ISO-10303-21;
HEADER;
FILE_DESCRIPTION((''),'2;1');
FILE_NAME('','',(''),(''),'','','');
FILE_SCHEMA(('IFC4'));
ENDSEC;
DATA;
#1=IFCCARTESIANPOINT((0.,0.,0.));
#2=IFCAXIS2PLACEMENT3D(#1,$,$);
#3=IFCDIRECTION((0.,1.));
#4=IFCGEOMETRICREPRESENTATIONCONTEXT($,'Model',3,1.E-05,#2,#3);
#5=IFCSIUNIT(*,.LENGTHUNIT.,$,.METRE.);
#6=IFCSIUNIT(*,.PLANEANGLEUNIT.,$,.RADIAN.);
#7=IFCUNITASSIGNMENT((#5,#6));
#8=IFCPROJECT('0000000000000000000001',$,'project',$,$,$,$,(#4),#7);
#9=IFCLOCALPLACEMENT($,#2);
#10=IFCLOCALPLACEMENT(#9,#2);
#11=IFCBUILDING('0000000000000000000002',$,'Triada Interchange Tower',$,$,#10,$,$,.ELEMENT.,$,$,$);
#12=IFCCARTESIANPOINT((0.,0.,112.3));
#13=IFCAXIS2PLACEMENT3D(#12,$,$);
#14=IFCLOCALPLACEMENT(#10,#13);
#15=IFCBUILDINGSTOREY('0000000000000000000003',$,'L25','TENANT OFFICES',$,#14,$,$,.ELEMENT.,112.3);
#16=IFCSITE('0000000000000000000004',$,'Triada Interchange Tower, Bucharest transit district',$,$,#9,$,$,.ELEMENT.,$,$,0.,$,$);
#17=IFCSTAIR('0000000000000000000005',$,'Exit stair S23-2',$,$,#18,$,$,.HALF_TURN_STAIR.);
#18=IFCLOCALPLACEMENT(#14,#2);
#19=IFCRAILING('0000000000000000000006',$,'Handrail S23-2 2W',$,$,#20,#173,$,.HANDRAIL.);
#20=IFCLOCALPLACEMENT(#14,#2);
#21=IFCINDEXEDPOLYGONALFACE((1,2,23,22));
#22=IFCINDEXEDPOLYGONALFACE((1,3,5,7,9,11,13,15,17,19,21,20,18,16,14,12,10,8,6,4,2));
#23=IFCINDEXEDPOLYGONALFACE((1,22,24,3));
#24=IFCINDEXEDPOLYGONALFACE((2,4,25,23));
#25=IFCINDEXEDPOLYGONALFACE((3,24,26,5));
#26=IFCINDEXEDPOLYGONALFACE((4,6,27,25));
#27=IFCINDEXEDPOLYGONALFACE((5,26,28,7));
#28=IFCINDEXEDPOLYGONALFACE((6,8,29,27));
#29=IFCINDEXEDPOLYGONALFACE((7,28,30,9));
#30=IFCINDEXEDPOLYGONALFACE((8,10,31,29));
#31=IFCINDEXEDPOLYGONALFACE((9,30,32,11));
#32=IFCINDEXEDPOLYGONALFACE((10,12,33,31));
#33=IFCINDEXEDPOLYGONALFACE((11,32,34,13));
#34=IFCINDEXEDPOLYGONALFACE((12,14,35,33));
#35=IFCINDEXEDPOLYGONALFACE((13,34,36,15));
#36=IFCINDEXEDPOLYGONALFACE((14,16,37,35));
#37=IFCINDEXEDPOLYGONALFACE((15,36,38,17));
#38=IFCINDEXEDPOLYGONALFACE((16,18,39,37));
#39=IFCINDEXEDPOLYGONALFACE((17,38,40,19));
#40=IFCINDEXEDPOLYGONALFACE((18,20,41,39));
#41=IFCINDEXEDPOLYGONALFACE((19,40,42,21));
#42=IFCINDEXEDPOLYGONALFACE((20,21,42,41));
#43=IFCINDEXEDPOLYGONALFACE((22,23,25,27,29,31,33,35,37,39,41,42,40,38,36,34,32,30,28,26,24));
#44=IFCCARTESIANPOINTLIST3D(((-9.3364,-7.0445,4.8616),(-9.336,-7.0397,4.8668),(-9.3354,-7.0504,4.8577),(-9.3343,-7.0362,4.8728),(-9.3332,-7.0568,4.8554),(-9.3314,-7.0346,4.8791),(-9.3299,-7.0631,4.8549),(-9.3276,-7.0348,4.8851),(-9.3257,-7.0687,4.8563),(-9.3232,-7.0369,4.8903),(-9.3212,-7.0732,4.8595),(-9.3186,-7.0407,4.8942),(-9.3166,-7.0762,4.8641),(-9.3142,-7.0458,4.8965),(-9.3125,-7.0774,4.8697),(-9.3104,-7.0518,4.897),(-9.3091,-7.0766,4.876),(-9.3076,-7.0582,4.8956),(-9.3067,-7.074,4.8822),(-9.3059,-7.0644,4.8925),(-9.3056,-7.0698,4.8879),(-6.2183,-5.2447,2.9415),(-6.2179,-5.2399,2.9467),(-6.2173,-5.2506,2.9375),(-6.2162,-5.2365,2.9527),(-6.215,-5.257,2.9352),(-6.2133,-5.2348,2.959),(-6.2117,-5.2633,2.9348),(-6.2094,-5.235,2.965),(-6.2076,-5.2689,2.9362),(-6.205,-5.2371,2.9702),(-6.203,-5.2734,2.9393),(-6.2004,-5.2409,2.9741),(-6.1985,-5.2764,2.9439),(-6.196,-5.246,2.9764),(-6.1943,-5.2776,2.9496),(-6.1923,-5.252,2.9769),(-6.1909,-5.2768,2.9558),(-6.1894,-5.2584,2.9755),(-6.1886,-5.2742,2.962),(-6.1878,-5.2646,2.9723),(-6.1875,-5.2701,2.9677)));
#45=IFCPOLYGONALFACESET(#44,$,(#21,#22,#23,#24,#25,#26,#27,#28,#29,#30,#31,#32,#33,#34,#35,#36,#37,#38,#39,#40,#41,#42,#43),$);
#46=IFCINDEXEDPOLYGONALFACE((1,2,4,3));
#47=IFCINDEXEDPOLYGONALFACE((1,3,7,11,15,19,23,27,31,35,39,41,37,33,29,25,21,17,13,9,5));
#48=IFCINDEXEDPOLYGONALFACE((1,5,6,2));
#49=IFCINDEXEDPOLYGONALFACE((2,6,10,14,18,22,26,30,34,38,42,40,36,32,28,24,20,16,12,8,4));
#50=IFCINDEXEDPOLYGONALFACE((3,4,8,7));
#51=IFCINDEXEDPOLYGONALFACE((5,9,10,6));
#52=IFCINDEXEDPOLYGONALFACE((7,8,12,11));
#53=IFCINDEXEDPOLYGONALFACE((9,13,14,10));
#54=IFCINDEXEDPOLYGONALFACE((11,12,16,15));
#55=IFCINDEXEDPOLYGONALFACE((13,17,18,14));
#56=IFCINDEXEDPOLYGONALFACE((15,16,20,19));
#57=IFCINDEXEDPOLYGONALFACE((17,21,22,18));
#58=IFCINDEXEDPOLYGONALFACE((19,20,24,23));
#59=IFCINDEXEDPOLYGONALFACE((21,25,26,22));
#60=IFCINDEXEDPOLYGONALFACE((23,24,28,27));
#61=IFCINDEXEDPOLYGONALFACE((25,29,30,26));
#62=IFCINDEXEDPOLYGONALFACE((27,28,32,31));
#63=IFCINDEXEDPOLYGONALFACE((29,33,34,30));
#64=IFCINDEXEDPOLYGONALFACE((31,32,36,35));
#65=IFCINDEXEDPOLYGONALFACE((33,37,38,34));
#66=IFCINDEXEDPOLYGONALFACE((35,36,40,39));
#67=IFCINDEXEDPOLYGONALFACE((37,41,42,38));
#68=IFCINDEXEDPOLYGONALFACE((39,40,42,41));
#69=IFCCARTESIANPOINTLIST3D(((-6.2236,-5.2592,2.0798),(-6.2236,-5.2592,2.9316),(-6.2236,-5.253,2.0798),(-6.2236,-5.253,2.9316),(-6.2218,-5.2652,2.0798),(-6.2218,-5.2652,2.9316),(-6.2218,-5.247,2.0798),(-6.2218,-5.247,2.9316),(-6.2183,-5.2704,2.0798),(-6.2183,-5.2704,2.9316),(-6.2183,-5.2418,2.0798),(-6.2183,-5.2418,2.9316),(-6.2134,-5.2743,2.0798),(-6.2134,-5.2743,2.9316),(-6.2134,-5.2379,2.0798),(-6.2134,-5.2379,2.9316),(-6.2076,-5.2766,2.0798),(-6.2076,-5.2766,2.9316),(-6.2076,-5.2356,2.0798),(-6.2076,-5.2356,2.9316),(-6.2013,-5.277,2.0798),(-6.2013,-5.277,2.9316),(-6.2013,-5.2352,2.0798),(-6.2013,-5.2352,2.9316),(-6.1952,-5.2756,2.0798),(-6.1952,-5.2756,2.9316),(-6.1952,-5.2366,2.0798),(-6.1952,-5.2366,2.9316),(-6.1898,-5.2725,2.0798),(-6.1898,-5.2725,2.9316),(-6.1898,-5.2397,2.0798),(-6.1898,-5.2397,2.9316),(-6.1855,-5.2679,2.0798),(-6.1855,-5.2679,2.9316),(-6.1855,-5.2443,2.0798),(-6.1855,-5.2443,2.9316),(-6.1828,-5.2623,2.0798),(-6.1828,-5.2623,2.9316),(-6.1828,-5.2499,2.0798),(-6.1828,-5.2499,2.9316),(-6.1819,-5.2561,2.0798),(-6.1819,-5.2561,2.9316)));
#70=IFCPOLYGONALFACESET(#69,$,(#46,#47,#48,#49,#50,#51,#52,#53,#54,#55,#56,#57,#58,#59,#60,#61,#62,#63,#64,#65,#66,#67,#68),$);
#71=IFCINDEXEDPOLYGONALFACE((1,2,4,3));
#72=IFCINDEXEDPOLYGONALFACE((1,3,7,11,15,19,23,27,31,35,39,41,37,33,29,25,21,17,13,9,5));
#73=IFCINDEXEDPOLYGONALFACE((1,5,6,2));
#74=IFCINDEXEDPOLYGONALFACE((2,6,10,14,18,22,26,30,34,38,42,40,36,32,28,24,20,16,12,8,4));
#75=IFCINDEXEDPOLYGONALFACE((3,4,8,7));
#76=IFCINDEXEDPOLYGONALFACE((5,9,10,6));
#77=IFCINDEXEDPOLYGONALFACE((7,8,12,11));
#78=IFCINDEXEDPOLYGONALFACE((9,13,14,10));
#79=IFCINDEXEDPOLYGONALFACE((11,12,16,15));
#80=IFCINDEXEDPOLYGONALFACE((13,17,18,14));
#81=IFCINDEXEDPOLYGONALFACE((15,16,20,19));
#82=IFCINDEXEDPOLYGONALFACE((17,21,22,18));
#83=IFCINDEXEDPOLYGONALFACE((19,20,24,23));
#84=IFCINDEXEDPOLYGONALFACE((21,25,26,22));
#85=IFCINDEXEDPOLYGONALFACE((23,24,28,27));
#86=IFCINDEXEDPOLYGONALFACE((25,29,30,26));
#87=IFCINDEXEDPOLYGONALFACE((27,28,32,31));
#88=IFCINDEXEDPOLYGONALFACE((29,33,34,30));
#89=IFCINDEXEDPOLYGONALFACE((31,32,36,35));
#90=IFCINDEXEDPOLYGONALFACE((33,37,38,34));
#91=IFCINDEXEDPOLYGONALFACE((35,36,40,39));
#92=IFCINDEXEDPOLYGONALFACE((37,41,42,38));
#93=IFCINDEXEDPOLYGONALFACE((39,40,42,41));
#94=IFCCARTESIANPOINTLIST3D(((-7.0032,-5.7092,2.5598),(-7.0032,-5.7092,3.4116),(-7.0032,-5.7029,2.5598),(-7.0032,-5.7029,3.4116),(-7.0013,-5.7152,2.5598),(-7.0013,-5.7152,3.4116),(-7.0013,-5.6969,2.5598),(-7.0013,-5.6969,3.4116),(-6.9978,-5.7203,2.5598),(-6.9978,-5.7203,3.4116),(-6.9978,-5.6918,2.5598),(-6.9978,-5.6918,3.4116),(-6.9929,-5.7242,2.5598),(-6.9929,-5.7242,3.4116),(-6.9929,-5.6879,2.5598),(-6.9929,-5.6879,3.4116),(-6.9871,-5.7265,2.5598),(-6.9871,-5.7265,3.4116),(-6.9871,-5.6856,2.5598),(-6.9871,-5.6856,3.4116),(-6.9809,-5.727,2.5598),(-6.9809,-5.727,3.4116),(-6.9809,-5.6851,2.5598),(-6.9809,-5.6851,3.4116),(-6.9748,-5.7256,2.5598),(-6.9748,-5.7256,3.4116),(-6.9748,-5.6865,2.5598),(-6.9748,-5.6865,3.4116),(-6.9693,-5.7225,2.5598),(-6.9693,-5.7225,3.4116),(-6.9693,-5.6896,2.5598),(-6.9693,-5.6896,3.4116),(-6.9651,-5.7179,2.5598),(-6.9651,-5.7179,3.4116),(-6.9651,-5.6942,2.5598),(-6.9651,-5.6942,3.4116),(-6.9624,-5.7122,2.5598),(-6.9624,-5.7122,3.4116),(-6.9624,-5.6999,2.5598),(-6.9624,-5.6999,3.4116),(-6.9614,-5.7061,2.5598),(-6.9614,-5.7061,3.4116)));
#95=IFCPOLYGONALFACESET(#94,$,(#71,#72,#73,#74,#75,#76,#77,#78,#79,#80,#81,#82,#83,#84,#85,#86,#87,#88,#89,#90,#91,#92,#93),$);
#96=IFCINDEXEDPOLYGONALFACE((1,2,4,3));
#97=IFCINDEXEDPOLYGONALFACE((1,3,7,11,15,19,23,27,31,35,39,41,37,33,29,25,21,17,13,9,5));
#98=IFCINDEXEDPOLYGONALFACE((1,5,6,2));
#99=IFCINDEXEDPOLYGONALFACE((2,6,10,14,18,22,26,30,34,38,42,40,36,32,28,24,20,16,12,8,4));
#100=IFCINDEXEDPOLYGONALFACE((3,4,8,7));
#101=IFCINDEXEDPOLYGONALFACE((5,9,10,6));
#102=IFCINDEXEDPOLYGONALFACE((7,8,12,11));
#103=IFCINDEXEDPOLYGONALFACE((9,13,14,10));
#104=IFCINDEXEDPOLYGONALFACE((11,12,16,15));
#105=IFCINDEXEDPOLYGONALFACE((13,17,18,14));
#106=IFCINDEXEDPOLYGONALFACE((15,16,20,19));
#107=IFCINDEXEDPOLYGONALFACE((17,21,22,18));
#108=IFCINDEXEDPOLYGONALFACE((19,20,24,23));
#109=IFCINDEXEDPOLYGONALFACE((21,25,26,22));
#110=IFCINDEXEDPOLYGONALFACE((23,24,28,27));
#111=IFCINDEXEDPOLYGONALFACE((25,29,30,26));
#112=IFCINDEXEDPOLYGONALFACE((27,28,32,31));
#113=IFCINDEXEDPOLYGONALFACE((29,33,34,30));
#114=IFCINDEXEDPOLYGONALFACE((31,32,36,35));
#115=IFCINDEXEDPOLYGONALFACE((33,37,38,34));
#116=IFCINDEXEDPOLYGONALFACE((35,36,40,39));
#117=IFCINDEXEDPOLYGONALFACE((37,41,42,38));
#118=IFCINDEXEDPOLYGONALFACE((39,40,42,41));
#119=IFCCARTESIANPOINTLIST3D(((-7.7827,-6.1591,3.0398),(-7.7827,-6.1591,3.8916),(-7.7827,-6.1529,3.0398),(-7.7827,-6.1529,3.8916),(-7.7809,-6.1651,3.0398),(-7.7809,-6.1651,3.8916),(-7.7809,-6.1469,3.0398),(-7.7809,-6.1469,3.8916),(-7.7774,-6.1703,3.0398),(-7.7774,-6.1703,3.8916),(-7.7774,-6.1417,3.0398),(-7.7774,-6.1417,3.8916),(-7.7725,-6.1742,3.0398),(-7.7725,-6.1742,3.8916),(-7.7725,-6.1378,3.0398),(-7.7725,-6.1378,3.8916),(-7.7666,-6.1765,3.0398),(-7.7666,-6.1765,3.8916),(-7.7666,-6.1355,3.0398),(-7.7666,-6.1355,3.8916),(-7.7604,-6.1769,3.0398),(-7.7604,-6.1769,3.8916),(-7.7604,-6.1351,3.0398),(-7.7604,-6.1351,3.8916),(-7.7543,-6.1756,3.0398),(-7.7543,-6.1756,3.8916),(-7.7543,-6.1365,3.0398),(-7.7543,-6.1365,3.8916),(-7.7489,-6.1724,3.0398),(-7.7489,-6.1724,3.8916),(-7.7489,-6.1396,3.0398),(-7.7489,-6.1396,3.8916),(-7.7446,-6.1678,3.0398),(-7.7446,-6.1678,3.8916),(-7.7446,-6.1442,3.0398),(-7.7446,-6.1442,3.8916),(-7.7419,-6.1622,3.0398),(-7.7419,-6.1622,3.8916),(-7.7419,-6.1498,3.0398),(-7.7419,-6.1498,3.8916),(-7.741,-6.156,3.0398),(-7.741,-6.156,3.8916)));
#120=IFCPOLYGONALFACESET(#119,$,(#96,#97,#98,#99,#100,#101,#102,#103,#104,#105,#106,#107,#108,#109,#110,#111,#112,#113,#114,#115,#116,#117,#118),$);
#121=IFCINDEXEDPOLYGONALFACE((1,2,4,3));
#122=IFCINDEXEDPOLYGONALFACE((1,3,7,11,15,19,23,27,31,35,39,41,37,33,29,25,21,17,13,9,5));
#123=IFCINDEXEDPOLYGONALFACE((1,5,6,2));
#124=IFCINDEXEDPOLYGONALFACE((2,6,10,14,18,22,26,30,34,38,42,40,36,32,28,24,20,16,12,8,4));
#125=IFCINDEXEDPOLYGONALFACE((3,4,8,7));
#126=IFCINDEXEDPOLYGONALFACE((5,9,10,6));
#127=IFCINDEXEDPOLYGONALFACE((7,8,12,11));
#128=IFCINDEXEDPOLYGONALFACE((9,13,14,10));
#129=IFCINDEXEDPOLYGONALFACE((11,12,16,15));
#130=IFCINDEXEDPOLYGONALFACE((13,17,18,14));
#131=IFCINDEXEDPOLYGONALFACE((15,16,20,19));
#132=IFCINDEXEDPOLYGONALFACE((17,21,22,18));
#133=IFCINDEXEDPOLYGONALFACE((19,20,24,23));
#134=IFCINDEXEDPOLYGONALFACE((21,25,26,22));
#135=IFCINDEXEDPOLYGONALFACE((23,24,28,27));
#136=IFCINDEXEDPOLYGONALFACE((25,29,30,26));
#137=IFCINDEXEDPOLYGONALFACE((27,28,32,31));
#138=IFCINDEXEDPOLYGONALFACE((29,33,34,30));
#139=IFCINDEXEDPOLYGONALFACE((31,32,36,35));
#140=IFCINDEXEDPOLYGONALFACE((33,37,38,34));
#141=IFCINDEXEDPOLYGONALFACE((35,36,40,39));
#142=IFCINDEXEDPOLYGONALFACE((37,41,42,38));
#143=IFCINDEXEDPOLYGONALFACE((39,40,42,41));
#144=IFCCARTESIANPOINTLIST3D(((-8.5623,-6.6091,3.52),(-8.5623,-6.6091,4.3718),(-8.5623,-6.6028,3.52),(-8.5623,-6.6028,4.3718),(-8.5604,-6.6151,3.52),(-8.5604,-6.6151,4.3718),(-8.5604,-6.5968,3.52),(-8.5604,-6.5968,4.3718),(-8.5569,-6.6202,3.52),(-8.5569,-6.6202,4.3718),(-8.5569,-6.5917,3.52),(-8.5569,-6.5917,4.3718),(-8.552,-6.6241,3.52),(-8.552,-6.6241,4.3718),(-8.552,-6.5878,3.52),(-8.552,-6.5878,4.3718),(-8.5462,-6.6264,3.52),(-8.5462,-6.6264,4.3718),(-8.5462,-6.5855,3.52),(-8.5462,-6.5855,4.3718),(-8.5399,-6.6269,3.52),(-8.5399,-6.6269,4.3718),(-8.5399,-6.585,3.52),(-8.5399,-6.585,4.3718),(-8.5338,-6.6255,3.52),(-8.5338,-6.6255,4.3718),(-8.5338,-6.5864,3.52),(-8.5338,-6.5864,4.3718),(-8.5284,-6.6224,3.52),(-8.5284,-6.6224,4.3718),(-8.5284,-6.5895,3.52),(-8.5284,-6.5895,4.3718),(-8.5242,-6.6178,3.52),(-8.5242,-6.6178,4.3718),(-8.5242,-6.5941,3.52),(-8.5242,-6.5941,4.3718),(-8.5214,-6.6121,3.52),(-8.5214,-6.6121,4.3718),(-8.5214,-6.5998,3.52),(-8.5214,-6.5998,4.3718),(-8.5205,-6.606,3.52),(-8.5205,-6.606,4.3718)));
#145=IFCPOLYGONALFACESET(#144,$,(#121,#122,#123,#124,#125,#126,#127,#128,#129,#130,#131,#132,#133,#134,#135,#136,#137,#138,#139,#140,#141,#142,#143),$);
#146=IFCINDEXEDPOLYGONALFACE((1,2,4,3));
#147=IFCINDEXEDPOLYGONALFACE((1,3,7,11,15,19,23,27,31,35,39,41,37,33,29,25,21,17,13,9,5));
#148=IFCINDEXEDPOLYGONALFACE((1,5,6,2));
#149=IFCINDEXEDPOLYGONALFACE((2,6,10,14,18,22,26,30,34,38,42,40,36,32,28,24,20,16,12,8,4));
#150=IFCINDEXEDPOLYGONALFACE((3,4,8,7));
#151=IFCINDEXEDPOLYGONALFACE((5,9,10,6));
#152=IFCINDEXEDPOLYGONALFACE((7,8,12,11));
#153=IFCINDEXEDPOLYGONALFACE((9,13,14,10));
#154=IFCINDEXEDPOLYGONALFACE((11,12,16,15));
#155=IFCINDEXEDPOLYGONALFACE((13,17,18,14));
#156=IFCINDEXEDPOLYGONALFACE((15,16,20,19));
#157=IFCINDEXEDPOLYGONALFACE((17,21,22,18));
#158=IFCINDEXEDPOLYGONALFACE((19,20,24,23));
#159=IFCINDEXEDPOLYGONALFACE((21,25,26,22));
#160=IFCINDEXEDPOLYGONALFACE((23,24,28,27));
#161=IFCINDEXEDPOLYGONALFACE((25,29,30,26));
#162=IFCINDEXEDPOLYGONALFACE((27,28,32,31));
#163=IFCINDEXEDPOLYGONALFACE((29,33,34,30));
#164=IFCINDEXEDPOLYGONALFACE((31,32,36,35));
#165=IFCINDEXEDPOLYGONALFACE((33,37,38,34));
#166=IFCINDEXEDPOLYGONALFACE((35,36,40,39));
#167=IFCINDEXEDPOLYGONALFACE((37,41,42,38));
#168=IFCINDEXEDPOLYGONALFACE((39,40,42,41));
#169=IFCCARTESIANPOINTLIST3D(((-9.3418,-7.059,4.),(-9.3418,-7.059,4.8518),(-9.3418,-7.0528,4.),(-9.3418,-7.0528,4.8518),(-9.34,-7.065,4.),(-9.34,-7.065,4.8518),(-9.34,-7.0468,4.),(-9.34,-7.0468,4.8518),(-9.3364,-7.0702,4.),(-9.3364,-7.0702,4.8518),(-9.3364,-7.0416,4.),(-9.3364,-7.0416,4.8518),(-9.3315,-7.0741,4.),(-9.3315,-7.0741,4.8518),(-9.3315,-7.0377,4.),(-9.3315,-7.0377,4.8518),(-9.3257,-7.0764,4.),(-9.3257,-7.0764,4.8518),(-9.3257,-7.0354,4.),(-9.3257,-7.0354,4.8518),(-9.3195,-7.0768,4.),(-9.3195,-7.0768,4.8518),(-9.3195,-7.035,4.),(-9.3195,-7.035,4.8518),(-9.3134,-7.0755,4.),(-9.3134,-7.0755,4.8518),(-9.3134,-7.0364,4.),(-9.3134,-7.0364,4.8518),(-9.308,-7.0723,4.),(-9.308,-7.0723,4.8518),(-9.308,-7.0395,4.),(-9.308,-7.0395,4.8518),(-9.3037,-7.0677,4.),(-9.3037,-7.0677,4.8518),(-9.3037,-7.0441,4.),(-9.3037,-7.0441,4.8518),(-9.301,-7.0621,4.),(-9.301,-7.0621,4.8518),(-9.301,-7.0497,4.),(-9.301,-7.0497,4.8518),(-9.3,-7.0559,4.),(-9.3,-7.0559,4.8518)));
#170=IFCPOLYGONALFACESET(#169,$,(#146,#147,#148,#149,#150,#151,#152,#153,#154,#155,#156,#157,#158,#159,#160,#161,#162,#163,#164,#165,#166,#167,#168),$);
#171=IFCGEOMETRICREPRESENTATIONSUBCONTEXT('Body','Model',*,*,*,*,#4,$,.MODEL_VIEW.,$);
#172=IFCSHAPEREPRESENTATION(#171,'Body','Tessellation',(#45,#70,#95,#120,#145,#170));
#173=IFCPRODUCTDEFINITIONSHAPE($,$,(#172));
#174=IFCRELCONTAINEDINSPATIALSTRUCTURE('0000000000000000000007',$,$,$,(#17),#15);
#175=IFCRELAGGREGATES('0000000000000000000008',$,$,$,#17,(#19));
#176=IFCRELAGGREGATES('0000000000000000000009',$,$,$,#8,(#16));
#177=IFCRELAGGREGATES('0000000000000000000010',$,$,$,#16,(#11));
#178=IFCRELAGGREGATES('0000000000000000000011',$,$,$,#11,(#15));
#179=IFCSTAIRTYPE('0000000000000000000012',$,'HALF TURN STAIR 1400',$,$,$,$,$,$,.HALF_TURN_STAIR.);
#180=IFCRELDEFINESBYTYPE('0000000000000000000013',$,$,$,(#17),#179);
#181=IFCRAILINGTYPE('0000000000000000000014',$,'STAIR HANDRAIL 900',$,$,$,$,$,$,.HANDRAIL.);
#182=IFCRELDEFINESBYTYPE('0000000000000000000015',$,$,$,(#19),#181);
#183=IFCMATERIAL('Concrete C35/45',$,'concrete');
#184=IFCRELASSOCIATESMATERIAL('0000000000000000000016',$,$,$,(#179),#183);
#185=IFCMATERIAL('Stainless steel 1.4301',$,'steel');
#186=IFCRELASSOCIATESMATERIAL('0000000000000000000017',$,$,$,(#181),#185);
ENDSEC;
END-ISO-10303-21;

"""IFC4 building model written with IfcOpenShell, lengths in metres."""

from ifc_helpers import new_model, si_unit, direction, frame, origin, origin_2d, place, context, subcontext, project, spatial, circle, extrude, material, type_object, element, aggregate, save


model = new_model("IFC4")

# Units and contexts
model_context = context("Model", 3, precision=1e-05, world=origin(), true_north=direction((0.0, 1.0)))
body_context = subcontext(model_context, "Body", "Model", "MODEL_VIEW")
ifc_project = project(units=[si_unit("LENGTHUNIT", "METRE"), si_unit("PLANEANGLEUNIT", "RADIAN")], contexts=[model_context])

# Site, building, storey
site_placement = place(None, origin())
site = spatial("IfcSite", under=ifc_project, at=site_placement, Name="Triada Interchange Tower, Bucharest transit district", CompositionType="ELEMENT", RefElevation=0.0)
building_placement = place(site_placement, origin())
building = spatial("IfcBuilding", under=site, at=building_placement, Name="Triada Interchange Tower", CompositionType="ELEMENT")
storey_placement = place(building_placement, frame((0.0, 0.0, 112.3)))
storey = spatial("IfcBuildingStorey", under=building, at=storey_placement, Name="L25", Description="TENANT OFFICES", CompositionType="ELEMENT", Elevation=112.3)

# Stair, railing
ifc_material_1 = material(Name="Concrete C35/45", Category="concrete")
stair_type = type_object("IfcStairType", Name="HALF TURN STAIR 1400", PredefinedType="HALF_TURN_STAIR", material=ifc_material_1)
stair_placement = place(storey_placement, origin())
stair = element("IfcStair", 1, at=stair_placement, inside=storey, type_object=stair_type, Name="Exit stair S23-2", PredefinedType="HALF_TURN_STAIR")
ifc_material_2 = material(Name="Stainless steel 1.4301", Category="steel")
railing_type = type_object("IfcRailingType", Name="STAIR HANDRAIL 900", PredefinedType="HANDRAIL", material=ifc_material_2)
railing_1_placement = place(storey_placement, frame((-6.2029, -5.2561, 2.0798)))
railing_1 = element("IfcRailing", 2, at=railing_1_placement, type_object=railing_type, Name="Handrail S23-2 2W", PredefinedType="HANDRAIL", context=body_context, shape_type="SweptSolid", body=[
    extrude(circle(Radius=0.0239, at=origin_2d()), frame((0.0, 0.0, 0.876), z_axis=(-0.76419, -0.44109, 0.470588), x_axis=(0.499902, -0.866082, 0.0)), (0.0, 0.0, 1.0), 4.0803),
    extrude(circle(Radius=0.021, at=origin_2d()), origin(), (0.0, 0.0, 1.0), 0.8518),
    extrude(circle(Radius=0.021, at=origin_2d()), frame((-0.7795, -0.45, 0.48)), (0.0, 0.0, 1.0), 0.8518),
    extrude(circle(Radius=0.021, at=origin_2d()), frame((-1.5591, -0.8999, 0.96)), (0.0, 0.0, 1.0), 0.8518),
    extrude(circle(Radius=0.021, at=origin_2d()), frame((-2.3386, -1.3499, 1.4402)), (0.0, 0.0, 1.0), 0.8518),
    extrude(circle(Radius=0.021, at=origin_2d()), frame((-3.1182, -1.7998, 1.9202)), (0.0, 0.0, 1.0), 0.8518),
])
aggregate(stair, [railing_1])

save(model, "model.ifc")
